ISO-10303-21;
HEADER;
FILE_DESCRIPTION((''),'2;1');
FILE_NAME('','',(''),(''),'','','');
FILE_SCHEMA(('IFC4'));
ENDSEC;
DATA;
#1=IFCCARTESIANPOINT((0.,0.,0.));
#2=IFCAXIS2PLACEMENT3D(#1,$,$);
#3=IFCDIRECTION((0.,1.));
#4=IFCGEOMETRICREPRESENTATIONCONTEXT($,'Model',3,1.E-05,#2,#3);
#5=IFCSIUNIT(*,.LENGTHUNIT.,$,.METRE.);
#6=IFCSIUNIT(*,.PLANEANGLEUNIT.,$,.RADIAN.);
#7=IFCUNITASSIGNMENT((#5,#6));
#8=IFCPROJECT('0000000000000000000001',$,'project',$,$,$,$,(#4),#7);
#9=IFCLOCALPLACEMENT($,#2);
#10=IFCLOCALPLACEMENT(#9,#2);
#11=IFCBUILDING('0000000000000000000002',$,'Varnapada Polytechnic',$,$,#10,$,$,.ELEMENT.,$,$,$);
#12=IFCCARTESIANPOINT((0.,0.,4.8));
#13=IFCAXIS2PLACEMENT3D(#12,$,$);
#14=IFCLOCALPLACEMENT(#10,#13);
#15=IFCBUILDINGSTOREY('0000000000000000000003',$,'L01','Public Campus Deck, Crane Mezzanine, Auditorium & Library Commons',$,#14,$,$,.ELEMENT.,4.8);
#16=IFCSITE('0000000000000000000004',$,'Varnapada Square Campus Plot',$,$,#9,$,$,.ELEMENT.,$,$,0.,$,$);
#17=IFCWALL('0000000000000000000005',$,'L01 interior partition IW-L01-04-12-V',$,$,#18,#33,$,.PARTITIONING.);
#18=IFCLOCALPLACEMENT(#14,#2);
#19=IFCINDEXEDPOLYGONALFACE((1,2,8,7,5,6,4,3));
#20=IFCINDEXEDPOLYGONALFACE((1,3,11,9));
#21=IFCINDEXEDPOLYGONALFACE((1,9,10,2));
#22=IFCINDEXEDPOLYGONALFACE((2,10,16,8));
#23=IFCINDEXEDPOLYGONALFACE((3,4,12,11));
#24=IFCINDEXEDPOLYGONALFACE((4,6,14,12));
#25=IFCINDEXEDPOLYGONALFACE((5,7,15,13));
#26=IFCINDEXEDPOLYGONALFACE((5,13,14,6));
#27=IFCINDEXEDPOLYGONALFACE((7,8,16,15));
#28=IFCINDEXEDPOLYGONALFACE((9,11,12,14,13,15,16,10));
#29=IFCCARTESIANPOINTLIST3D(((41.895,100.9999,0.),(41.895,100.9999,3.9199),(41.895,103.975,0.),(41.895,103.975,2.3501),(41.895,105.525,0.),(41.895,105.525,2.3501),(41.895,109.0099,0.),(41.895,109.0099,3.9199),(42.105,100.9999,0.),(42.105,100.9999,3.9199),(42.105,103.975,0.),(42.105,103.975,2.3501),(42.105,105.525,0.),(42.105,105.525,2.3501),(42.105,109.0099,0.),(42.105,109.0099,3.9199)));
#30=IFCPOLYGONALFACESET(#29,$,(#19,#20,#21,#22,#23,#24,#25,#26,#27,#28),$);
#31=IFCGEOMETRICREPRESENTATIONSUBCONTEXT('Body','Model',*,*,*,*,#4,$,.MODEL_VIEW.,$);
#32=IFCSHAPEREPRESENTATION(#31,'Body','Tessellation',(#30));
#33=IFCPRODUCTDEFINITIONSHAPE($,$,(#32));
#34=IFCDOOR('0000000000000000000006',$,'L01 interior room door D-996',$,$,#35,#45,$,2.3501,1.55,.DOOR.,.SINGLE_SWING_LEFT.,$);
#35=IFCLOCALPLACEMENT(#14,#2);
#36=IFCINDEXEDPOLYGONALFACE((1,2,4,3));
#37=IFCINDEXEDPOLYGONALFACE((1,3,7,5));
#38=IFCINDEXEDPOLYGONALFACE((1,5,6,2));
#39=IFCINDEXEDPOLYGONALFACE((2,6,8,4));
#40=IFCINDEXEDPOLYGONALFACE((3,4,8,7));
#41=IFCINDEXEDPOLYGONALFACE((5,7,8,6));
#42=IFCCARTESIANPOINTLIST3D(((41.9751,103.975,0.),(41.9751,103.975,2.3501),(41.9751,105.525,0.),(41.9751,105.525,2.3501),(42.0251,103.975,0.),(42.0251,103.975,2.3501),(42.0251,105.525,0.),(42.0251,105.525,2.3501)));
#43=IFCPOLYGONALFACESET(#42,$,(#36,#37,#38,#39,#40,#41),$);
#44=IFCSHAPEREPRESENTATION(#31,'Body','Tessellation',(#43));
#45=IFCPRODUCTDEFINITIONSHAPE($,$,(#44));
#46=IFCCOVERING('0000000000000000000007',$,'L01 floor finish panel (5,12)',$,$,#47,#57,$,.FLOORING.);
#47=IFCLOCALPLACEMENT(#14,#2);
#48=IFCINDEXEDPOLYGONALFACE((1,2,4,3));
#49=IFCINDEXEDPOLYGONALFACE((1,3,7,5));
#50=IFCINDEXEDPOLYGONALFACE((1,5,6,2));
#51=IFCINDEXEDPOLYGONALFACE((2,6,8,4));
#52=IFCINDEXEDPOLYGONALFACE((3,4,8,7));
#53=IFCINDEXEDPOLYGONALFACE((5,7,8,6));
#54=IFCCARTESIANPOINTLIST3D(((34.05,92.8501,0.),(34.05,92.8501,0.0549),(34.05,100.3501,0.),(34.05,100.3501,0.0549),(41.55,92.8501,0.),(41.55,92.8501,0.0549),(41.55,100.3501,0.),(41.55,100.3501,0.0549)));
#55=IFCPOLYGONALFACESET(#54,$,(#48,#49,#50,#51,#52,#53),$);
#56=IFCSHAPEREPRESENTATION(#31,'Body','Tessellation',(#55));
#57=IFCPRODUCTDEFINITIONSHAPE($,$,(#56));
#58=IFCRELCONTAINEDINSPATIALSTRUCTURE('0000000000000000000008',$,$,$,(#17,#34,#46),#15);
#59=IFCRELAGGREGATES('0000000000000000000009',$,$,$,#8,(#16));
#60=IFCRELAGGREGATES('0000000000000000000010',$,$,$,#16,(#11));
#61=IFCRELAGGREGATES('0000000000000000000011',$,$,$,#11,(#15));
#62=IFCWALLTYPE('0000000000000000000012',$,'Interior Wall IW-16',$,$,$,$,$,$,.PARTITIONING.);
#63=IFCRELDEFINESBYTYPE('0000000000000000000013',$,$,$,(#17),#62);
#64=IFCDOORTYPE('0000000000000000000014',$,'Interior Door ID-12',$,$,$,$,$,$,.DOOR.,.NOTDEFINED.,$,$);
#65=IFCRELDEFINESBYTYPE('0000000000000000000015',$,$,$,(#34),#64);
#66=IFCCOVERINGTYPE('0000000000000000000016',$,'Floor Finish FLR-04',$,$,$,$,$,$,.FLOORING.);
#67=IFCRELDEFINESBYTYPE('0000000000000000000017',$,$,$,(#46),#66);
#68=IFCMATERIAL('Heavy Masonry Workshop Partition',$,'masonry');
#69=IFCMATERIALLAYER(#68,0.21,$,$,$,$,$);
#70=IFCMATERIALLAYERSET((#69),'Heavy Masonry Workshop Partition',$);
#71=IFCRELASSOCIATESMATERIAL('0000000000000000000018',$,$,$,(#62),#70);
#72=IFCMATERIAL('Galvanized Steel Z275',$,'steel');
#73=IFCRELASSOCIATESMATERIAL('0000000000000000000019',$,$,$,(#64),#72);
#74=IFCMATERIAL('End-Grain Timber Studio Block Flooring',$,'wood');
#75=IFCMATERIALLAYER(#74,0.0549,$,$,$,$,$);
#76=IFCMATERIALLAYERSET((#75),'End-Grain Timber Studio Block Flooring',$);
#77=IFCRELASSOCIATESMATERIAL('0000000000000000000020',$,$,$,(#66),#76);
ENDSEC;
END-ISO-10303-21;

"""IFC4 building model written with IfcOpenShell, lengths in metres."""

from ifc_helpers import new_model, si_unit, direction, frame, frame_2d, origin, origin_2d, place, context, subcontext, project, spatial, rectangle, extrude, material, layer, layer_set, type_object, element, fill, save


model = new_model("IFC4")

# Units and contexts
model_context = context("Model", 3, precision=1e-05, world=origin(), true_north=direction((0.0, 1.0)))
body_context = subcontext(model_context, "Body", "Model", "MODEL_VIEW")
ifc_project = project(units=[si_unit("LENGTHUNIT", "METRE"), si_unit("PLANEANGLEUNIT", "RADIAN")], contexts=[model_context])

# Site, building, storey
site_placement = place(None, origin())
site = spatial("IfcSite", under=ifc_project, at=site_placement, Name="Varnapada Square Campus Plot", CompositionType="ELEMENT", RefElevation=0.0)
building_placement = place(site_placement, origin())
building = spatial("IfcBuilding", under=site, at=building_placement, Name="Varnapada Polytechnic", CompositionType="ELEMENT")
storey_placement = place(building_placement, frame((0.0, 0.0, 4.8)))
storey = spatial("IfcBuildingStorey", under=building, at=storey_placement, Name="L01", Description="Public Campus Deck, Crane Mezzanine, Auditorium & Library Commons", CompositionType="ELEMENT", Elevation=4.8)

# Wall, opening, door
ifc_material_1 = material(Name="Heavy Masonry Workshop Partition", Category="masonry")
ifc_layer_1 = layer(ifc_material_1, 0.21)
ifc_layer_set_1 = layer_set([ifc_layer_1], Name="Heavy Masonry Workshop Partition")
wall_type_1 = type_object("IfcWallType", Name="Interior Wall IW-16", PredefinedType="PARTITIONING", material=ifc_layer_set_1)
wall_1_placement = place(storey_placement, frame((42.0, 101.0, 0.0), z_axis=(0.0, 0.0, 1.0), x_axis=(0.0, 1.0, 0.0)))
wall_1 = element("IfcWall", 1, at=wall_1_placement, inside=storey, type_object=wall_type_1, Name="L01 interior partition IW-L01-04-12-V", PredefinedType="PARTITIONING", context=body_context, shape_type="SweptSolid", body=[
    extrude(rectangle(XDim=8.01, YDim=0.21, at=frame_2d((4.0049, 0.0))), origin(), (0.0, 0.0, 1.0), 3.9199),
])
opening_1_placement = place(wall_1_placement, frame((2.9751, 0.0, 0.0)))
opening_1 = element("IfcOpeningElement", 2, at=opening_1_placement, cuts=wall_1, PredefinedType="OPENING", context=body_context, shape_type="SweptSolid", body=[
    extrude(rectangle(XDim=1.55, YDim=2.3501, at=frame_2d((0.7749, 1.175))), frame((0.0, 0.115, 0.0), z_axis=(0.0, -1.0, 0.0), x_axis=(1.0, 0.0, 0.0)), (0.0, 0.0, 1.0), 0.23),
])
ifc_material_2 = material(Name="Galvanized Steel Z275", Category="steel")
door_type_1 = type_object("IfcDoorType", Name="Interior Door ID-12", OperationType="NOTDEFINED", PredefinedType="DOOR", material=ifc_material_2)
door_1_placement = place(opening_1_placement, origin())
door_1 = element("IfcDoor", 3, at=door_1_placement, inside=storey, type_object=door_type_1, Name="L01 interior room door D-996", OperationType="SINGLE_SWING_LEFT", OverallHeight=2.3501, OverallWidth=1.55, PredefinedType="DOOR", context=body_context, shape_type="SweptSolid", body=[
    extrude(rectangle(XDim=1.55, YDim=2.3501, at=frame_2d((0.7749, 1.175))), frame((0.0, 0.0249, 0.0), z_axis=(0.0, -1.0, 0.0), x_axis=(1.0, 0.0, 0.0)), (0.0, 0.0, 1.0), 0.05),
])
fill(opening_1, door_1)

# Covering
ifc_material_3 = material(Name="End-Grain Timber Studio Block Flooring", Category="wood")
ifc_layer_2 = layer(ifc_material_3, 0.0549)
ifc_layer_set_2 = layer_set([ifc_layer_2], Name="End-Grain Timber Studio Block Flooring")
covering_type = type_object("IfcCoveringType", Name="Floor Finish FLR-04", PredefinedType="FLOORING", material=ifc_layer_set_2)
covering_placement = place(storey_placement, frame((37.8, 96.6001, 0.0), z_axis=(0.0, 0.0, 1.0), x_axis=(1.0, 0.0, 0.0)))
element("IfcCovering", 4, at=covering_placement, inside=storey, type_object=covering_type, Name="L01 floor finish panel (5,12)", PredefinedType="FLOORING", context=body_context, shape_type="SweptSolid", body=[
    extrude(rectangle(XDim=7.5, YDim=7.5, at=origin_2d()), origin(), (0.0, 0.0, 1.0), 0.0549),
])

save(model, "model.ifc")
